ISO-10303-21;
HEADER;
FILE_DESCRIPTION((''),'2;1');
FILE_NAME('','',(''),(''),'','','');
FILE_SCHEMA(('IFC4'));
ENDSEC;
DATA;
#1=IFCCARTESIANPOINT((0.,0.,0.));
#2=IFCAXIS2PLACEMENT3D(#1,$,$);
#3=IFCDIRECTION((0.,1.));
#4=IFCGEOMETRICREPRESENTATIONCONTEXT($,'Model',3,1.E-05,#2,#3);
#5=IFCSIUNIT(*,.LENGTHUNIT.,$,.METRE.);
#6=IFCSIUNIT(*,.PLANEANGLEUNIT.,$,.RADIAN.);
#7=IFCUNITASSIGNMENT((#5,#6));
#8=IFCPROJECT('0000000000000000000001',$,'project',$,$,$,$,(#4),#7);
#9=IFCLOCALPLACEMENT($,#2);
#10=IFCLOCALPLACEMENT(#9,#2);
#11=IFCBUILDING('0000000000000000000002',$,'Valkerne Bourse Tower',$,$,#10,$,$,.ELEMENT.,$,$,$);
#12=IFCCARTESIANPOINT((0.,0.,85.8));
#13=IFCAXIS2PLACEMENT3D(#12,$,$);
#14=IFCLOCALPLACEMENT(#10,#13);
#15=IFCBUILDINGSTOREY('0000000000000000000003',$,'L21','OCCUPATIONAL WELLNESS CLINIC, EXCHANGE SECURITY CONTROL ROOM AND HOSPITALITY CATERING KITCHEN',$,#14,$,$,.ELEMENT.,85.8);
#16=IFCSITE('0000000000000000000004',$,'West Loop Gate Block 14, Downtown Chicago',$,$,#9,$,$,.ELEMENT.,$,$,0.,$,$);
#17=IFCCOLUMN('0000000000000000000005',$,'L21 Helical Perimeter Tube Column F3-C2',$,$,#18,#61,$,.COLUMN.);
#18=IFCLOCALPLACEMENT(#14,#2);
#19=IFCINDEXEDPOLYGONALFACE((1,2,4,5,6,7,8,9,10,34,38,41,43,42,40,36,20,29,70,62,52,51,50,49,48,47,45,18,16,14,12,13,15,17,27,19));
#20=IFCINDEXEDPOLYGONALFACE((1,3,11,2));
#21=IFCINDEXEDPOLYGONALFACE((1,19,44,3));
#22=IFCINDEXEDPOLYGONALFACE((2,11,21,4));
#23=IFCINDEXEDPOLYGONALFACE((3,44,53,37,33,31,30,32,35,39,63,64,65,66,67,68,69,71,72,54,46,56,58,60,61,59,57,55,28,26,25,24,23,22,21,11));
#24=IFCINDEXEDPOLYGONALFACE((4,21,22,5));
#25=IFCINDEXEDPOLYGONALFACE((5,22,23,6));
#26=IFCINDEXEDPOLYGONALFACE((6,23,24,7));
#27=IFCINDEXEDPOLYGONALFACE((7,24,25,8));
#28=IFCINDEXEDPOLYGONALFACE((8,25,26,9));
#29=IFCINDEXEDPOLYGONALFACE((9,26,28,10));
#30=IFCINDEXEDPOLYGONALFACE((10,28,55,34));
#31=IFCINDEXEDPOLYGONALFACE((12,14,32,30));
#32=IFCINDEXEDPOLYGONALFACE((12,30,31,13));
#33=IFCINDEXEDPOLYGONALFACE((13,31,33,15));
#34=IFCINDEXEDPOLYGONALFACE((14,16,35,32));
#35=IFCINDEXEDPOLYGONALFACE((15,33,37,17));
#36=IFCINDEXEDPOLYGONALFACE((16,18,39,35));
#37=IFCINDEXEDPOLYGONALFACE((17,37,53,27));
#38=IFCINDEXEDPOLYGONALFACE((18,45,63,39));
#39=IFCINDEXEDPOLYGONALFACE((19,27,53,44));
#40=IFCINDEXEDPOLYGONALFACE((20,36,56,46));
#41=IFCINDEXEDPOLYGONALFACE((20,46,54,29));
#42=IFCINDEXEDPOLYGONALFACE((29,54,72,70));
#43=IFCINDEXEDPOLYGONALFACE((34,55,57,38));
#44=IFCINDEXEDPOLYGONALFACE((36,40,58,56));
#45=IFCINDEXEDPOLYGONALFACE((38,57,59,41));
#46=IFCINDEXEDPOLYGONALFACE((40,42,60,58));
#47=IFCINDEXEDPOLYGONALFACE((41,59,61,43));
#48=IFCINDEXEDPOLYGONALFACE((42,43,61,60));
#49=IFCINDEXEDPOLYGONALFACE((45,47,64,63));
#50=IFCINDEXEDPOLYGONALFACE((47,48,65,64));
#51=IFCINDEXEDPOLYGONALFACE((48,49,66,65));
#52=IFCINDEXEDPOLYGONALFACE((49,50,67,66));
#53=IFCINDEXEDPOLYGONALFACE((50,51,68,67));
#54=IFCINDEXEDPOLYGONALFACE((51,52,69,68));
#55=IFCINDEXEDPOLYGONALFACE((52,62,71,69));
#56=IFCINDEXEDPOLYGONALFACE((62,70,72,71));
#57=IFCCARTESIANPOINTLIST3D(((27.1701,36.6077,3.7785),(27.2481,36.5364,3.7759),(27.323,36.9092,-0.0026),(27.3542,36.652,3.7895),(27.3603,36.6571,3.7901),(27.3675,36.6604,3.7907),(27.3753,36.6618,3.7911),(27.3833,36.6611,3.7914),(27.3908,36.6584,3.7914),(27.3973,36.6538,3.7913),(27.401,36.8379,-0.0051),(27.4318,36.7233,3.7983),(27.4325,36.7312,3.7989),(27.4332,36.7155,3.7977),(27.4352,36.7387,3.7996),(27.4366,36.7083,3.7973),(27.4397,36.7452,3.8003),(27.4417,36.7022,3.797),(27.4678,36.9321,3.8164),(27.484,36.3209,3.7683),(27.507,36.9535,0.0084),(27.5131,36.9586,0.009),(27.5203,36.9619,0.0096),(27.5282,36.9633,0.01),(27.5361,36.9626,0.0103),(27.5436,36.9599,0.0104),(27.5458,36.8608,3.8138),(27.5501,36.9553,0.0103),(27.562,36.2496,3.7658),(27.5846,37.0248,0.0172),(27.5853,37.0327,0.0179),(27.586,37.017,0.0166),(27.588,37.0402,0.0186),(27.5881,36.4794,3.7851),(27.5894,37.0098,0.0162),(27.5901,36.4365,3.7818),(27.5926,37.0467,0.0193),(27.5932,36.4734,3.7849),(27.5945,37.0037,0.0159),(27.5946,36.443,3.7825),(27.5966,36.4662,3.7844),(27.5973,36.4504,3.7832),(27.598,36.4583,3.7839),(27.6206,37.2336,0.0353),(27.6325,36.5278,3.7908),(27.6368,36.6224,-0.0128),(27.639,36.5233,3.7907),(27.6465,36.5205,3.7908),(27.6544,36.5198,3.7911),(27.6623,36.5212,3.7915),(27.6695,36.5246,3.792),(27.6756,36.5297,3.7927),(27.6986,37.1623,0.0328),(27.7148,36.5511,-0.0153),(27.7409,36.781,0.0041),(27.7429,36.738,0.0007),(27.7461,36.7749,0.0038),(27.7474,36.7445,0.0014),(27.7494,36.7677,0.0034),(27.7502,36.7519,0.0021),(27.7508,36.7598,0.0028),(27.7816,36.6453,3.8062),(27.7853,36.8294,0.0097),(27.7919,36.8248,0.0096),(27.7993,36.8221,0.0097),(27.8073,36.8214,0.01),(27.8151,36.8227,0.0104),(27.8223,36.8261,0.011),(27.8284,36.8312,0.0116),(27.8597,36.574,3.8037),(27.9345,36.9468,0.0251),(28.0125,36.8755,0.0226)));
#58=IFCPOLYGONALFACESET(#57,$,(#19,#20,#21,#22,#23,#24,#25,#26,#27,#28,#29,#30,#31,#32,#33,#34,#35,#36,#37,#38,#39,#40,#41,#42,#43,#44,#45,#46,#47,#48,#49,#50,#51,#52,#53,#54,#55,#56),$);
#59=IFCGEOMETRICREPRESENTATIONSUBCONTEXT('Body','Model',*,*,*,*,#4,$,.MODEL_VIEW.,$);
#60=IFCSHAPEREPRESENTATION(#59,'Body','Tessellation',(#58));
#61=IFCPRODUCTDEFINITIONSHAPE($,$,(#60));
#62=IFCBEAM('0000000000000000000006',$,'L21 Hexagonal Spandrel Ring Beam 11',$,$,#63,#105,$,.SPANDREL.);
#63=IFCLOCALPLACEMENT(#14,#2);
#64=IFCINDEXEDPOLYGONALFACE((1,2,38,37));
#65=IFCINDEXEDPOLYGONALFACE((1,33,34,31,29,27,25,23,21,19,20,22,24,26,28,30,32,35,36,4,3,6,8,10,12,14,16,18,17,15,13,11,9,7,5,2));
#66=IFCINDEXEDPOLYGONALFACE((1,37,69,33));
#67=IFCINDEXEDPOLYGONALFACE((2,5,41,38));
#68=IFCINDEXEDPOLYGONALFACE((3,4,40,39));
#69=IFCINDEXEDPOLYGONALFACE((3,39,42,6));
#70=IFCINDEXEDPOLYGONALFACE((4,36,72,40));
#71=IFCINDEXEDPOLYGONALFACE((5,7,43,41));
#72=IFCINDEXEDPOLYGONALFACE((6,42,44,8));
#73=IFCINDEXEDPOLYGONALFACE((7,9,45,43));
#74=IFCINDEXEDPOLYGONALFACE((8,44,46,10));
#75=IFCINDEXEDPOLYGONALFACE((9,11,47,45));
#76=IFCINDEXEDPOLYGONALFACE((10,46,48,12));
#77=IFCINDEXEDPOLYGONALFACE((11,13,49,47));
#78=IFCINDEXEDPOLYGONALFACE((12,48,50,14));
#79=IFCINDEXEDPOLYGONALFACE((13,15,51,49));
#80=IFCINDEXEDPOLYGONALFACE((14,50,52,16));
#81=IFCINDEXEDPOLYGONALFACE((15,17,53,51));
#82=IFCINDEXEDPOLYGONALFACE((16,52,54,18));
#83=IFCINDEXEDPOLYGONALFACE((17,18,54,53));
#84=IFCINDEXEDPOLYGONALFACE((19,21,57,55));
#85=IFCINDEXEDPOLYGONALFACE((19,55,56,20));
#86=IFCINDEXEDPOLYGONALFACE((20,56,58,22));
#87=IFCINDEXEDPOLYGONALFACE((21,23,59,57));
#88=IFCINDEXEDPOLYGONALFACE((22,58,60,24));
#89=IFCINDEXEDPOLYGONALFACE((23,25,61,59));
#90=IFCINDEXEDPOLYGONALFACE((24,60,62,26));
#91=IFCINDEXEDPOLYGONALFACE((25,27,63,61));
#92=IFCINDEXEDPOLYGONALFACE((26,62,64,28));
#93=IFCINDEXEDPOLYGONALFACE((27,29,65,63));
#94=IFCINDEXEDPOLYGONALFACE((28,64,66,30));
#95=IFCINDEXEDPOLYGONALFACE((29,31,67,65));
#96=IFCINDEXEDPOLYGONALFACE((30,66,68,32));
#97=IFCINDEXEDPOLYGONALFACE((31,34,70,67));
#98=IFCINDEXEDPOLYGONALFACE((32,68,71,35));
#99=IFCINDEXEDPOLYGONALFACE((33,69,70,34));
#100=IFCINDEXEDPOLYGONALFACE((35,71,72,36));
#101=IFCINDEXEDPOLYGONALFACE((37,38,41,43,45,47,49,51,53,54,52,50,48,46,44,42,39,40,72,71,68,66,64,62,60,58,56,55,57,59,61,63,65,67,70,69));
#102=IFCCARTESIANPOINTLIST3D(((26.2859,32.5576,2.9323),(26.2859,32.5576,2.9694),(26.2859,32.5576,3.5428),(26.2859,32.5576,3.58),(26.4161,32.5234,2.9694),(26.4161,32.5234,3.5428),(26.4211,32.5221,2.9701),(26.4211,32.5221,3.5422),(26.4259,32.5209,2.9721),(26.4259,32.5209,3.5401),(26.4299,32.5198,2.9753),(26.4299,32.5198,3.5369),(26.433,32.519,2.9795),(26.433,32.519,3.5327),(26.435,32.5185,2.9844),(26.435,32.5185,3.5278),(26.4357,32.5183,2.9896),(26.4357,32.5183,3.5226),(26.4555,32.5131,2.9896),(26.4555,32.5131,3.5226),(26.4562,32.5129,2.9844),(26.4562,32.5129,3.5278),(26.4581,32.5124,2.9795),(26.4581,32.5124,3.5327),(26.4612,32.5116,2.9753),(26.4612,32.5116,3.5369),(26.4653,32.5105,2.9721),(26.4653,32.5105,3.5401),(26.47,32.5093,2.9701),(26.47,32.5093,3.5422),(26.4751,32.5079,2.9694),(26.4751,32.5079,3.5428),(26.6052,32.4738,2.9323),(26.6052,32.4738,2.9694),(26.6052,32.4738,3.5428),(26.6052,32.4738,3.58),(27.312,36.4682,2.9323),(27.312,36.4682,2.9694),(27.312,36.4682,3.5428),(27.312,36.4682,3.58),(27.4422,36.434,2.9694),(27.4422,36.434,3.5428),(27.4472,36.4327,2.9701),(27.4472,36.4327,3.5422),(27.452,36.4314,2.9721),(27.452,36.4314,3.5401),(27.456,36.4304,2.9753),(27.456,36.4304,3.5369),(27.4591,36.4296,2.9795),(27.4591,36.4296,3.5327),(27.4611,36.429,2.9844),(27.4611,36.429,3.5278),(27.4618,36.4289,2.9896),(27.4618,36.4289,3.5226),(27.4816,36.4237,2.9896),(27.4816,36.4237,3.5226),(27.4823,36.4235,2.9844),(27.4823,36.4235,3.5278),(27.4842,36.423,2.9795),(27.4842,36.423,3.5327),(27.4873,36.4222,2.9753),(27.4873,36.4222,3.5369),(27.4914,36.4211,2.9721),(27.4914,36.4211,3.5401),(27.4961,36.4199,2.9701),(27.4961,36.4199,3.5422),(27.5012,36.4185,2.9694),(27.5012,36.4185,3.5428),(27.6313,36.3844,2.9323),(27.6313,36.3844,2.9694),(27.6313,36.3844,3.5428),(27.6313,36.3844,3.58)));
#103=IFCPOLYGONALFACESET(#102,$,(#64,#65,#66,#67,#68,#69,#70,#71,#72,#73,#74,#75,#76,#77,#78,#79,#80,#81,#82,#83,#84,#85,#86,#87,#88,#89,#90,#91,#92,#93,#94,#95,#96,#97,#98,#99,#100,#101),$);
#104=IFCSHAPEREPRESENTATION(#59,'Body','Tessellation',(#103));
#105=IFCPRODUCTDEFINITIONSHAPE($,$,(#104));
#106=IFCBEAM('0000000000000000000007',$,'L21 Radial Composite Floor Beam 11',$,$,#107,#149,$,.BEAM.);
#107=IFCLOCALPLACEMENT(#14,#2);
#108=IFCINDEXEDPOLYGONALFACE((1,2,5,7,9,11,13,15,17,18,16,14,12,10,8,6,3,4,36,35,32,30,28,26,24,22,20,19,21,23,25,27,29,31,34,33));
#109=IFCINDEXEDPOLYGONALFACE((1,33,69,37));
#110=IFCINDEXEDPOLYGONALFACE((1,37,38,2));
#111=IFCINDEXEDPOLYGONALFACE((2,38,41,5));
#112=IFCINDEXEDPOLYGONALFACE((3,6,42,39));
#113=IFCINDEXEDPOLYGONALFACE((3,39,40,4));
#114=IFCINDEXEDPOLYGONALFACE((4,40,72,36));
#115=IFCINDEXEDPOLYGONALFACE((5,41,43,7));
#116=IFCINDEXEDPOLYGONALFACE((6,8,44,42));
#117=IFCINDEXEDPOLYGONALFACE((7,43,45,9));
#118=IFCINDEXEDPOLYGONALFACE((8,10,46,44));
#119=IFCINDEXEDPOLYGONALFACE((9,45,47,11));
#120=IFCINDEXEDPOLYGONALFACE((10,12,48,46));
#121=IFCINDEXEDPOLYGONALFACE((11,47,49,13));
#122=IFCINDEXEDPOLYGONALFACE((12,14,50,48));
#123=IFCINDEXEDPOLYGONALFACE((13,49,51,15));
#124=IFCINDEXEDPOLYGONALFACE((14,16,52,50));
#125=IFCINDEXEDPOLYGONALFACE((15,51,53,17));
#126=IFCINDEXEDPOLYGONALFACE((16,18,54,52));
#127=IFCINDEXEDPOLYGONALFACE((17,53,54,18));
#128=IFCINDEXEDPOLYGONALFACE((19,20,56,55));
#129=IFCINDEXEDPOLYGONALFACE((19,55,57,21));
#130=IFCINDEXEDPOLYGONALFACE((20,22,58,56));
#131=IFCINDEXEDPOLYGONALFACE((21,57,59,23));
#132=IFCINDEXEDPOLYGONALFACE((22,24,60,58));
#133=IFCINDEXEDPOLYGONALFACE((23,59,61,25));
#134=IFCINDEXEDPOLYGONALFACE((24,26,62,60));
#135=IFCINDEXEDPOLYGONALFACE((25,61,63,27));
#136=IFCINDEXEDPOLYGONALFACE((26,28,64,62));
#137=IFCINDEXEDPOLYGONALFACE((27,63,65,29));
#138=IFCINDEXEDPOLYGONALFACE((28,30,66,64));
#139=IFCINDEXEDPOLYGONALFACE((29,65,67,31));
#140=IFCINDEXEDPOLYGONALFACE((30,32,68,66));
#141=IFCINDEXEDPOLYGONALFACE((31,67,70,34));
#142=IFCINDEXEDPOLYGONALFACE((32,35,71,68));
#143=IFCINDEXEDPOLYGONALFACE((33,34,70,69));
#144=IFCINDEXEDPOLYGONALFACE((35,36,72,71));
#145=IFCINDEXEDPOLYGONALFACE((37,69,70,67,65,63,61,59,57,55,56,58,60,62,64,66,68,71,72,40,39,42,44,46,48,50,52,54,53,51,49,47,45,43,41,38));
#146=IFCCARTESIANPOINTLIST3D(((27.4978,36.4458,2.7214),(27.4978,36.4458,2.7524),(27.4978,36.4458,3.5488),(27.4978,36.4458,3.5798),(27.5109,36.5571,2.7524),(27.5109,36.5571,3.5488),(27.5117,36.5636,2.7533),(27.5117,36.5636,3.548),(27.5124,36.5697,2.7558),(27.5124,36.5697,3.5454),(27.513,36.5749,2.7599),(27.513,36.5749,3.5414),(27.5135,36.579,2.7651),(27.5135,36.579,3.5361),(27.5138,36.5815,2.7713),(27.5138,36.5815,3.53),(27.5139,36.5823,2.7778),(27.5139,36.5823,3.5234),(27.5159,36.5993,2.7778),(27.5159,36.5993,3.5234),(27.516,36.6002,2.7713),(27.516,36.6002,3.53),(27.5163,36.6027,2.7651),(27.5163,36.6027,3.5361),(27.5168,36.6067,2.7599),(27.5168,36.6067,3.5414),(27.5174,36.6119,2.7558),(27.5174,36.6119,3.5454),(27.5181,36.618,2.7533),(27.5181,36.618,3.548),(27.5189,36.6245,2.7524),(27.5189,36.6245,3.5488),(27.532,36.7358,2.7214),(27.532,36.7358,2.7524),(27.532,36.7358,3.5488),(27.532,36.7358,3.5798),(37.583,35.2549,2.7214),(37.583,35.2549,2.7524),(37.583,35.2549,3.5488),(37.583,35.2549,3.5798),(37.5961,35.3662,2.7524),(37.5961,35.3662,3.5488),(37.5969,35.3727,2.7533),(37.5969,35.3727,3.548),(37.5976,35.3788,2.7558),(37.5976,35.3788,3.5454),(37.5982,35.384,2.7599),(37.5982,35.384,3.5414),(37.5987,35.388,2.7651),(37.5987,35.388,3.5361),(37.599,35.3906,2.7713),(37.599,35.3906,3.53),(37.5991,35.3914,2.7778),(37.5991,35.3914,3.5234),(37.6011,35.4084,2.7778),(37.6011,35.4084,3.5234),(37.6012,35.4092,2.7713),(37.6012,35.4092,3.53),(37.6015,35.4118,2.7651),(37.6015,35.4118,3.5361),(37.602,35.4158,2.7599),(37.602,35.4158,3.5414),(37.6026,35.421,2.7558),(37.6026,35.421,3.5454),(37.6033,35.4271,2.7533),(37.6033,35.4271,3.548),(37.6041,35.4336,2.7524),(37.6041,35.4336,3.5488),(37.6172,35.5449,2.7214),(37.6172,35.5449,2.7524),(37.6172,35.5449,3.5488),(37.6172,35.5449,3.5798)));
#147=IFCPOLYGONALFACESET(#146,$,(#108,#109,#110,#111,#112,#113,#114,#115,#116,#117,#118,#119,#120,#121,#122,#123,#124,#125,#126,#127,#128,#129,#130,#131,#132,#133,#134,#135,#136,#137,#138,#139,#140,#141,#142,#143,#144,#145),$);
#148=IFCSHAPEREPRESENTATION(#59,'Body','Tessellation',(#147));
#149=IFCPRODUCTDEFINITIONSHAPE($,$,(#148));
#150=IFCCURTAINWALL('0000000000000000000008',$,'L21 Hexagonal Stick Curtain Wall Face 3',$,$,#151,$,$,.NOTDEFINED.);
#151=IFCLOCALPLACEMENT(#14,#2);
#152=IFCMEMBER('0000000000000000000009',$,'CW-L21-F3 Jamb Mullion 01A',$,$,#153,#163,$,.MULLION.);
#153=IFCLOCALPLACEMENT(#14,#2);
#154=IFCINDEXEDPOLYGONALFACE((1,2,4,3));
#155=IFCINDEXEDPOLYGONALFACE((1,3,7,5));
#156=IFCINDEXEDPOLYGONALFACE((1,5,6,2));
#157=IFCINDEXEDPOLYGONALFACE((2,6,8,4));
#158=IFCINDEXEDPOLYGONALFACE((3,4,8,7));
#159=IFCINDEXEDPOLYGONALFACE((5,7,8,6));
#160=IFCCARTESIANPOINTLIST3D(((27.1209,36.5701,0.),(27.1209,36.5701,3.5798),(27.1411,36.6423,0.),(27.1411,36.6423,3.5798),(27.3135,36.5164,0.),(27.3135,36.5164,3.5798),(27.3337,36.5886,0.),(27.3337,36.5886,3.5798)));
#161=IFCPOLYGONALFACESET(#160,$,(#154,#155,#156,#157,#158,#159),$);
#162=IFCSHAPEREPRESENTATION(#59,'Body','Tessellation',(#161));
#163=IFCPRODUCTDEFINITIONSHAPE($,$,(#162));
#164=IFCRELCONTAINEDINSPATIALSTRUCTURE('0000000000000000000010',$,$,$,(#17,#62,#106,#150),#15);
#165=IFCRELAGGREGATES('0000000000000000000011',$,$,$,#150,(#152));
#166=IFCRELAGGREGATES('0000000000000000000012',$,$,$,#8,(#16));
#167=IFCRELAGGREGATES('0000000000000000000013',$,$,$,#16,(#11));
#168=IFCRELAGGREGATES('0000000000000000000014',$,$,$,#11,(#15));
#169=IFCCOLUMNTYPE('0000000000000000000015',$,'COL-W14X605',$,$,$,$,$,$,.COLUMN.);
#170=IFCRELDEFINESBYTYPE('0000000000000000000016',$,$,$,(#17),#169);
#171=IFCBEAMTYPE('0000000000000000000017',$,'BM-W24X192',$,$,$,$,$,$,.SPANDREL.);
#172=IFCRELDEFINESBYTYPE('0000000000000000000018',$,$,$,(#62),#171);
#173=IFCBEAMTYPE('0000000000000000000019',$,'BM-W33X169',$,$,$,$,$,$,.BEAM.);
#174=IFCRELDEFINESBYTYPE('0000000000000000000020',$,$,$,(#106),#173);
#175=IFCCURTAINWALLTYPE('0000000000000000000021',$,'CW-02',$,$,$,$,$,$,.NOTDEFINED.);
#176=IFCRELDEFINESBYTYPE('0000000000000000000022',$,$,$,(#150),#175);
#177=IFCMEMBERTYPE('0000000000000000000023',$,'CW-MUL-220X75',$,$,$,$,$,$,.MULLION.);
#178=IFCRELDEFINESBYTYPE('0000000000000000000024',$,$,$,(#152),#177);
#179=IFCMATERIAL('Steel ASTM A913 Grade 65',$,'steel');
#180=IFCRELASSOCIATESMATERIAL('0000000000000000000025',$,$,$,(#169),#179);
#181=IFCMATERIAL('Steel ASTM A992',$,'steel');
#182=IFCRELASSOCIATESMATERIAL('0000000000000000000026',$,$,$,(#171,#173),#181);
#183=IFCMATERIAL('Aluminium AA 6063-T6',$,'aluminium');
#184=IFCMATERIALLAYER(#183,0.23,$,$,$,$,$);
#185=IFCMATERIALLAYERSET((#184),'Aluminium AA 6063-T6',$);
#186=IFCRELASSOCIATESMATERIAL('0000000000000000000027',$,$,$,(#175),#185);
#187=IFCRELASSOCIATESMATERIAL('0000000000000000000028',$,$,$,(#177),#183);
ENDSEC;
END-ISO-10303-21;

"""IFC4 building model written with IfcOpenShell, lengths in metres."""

from ifc_helpers import new_model, si_unit, direction, frame, origin, origin_2d, place, context, subcontext, project, spatial, rectangle, i_section, extrude, material, layer, layer_set, material_profile, profile_set, type_object, element, aggregate, save


model = new_model("IFC4")

# Units and contexts
model_context = context("Model", 3, precision=1e-05, world=origin(), true_north=direction((0.0, 1.0)))
body_context = subcontext(model_context, "Body", "Model", "MODEL_VIEW")
ifc_project = project(units=[si_unit("LENGTHUNIT", "METRE"), si_unit("PLANEANGLEUNIT", "RADIAN")], contexts=[model_context])

# Site, building, storey
site_placement = place(None, origin())
site = spatial("IfcSite", under=ifc_project, at=site_placement, Name="West Loop Gate Block 14, Downtown Chicago", CompositionType="ELEMENT", RefElevation=0.0)
building_placement = place(site_placement, origin())
building = spatial("IfcBuilding", under=site, at=building_placement, Name="Valkerne Bourse Tower", CompositionType="ELEMENT")
storey_placement = place(building_placement, frame((0.0, 0.0, 85.8)))
storey = spatial("IfcBuildingStorey", under=building, at=storey_placement, Name="L21", Description="OCCUPATIONAL WELLNESS CLINIC, EXCHANGE SECURITY CONTROL ROOM AND HOSPITALITY CATERING KITCHEN", CompositionType="ELEMENT", Elevation=85.8)

# Column
ifc_material_1 = material(Name="Steel ASTM A913 Grade 65", Category="steel")
ifc_material_profile_1 = material_profile(ifc_material_1, i_section(OverallWidth=0.4419, OverallDepth=0.531, WebThickness=0.0659, FlangeThickness=0.1057, FilletRadius=0.0305, at=origin_2d()), Name="W14X605")
ifc_profile_set_1 = profile_set([ifc_material_profile_1], Name="Steel ASTM A913 Grade 65")
column_type = type_object("IfcColumnType", Name="COL-W14X605", PredefinedType="COLUMN", material=ifc_profile_set_1)
column_placement = place(storey_placement, frame((27.6677, 36.8923, 0.01), z_axis=(-0.04026, -0.079428, 0.996027), x_axis=(-0.673598, -0.734104, -0.085768)))
element("IfcColumn", 1, at=column_placement, inside=storey, type_object=column_type, Name="L21 Helical Perimeter Tube Column F3-C2", PredefinedType="COLUMN", context=body_context, shape_type="SweptSolid", body=[
    extrude(i_section(OverallWidth=0.4419, OverallDepth=0.531, WebThickness=0.0659, FlangeThickness=0.1057, FilletRadius=0.0305, at=origin_2d()), origin(), (0.0, 0.0, 1.0), 3.7961),
])

# Beams
ifc_material_2 = material(Name="Steel ASTM A992", Category="steel")
ifc_material_profile_2 = material_profile(ifc_material_2, i_section(OverallWidth=0.3301, OverallDepth=0.6477, WebThickness=0.0205, FlangeThickness=0.0371, FilletRadius=0.0203, at=origin_2d()), Name="W24X192")
ifc_profile_set_2 = profile_set([ifc_material_profile_2], Name="Steel ASTM A992")
beam_type_1 = type_object("IfcBeamType", Name="BM-W24X192", PredefinedType="SPANDREL", material=ifc_profile_set_2)
beam_1_placement = place(storey_placement, frame((27.4717, 36.4263, 3.2561), z_axis=(-0.253801, -0.967257, 0.0), x_axis=(0.967257, -0.253801, 0.0)))
element("IfcBeam", 2, at=beam_1_placement, inside=storey, type_object=beam_type_1, Name="L21 Hexagonal Spandrel Ring Beam 11", PredefinedType="SPANDREL", context=body_context, shape_type="SweptSolid", body=[
    extrude(i_section(OverallWidth=0.3301, OverallDepth=0.6477, WebThickness=0.0205, FlangeThickness=0.0371, FilletRadius=0.0203, at=origin_2d()), origin(), (0.0, 0.0, 1.0), 4.043),
])
ifc_material_profile_3 = material_profile(ifc_material_2, i_section(OverallWidth=0.292, OverallDepth=0.8584, WebThickness=0.0171, FlangeThickness=0.031, FilletRadius=0.0254, at=origin_2d()), Name="W33X169")
ifc_profile_set_3 = profile_set([ifc_material_profile_3], Name="Steel ASTM A992")
beam_type_2 = type_object("IfcBeamType", Name="BM-W33X169", PredefinedType="BEAM", material=ifc_profile_set_3)
beam_2_placement = place(storey_placement, frame((27.5149, 36.5908, 3.1506), z_axis=(0.9931, -0.117271, 0.0), x_axis=(0.117271, 0.9931, 0.0)))
element("IfcBeam", 3, at=beam_2_placement, inside=storey, type_object=beam_type_2, Name="L21 Radial Composite Floor Beam 11", PredefinedType="BEAM", context=body_context, shape_type="SweptSolid", body=[
    extrude(i_section(OverallWidth=0.292, OverallDepth=0.8584, WebThickness=0.0171, FlangeThickness=0.031, FilletRadius=0.0254, at=origin_2d()), origin(), (0.0, 0.0, 1.0), 10.1553),
])

# Curtain wall, member
ifc_material_3 = material(Name="Aluminium AA 6063-T6", Category="aluminium")
ifc_layer_1 = layer(ifc_material_3, 0.23)
ifc_layer_set_1 = layer_set([ifc_layer_1], Name="Aluminium AA 6063-T6")
curtain_wall_type = type_object("IfcCurtainWallType", Name="CW-02", PredefinedType="NOTDEFINED", material=ifc_layer_set_1)
curtain_wall_placement = place(storey_placement, origin())
curtain_wall = element("IfcCurtainWall", 4, at=curtain_wall_placement, inside=storey, type_object=curtain_wall_type, Name="L21 Hexagonal Stick Curtain Wall Face 3", PredefinedType="NOTDEFINED")
ifc_material_profile_4 = material_profile(ifc_material_3, rectangle(XDim=0.075, YDim=0.2, at=origin_2d()), Name="CWM-75X200")
ifc_profile_set_4 = profile_set([ifc_material_profile_4], Name="Aluminium AA 6063-T6")
member_type_1 = type_object("IfcMemberType", Name="CW-MUL-220X75", PredefinedType="MULLION", material=ifc_profile_set_4)
member_1_placement = place(storey_placement, frame((27.2273, 36.5793, 0.0), z_axis=(0.0, 0.0, 1.0), x_axis=(-0.268927, -0.96316, 0.0)))
member_1 = element("IfcMember", 5, at=member_1_placement, type_object=member_type_1, Name="CW-L21-F3 Jamb Mullion 01A", PredefinedType="MULLION", context=body_context, shape_type="SweptSolid", body=[
    extrude(rectangle(XDim=0.075, YDim=0.2, at=origin_2d()), origin(), (0.0, 0.0, 1.0), 3.5798),
])

aggregate(curtain_wall, [member_1])

save(model, "model.ifc")
